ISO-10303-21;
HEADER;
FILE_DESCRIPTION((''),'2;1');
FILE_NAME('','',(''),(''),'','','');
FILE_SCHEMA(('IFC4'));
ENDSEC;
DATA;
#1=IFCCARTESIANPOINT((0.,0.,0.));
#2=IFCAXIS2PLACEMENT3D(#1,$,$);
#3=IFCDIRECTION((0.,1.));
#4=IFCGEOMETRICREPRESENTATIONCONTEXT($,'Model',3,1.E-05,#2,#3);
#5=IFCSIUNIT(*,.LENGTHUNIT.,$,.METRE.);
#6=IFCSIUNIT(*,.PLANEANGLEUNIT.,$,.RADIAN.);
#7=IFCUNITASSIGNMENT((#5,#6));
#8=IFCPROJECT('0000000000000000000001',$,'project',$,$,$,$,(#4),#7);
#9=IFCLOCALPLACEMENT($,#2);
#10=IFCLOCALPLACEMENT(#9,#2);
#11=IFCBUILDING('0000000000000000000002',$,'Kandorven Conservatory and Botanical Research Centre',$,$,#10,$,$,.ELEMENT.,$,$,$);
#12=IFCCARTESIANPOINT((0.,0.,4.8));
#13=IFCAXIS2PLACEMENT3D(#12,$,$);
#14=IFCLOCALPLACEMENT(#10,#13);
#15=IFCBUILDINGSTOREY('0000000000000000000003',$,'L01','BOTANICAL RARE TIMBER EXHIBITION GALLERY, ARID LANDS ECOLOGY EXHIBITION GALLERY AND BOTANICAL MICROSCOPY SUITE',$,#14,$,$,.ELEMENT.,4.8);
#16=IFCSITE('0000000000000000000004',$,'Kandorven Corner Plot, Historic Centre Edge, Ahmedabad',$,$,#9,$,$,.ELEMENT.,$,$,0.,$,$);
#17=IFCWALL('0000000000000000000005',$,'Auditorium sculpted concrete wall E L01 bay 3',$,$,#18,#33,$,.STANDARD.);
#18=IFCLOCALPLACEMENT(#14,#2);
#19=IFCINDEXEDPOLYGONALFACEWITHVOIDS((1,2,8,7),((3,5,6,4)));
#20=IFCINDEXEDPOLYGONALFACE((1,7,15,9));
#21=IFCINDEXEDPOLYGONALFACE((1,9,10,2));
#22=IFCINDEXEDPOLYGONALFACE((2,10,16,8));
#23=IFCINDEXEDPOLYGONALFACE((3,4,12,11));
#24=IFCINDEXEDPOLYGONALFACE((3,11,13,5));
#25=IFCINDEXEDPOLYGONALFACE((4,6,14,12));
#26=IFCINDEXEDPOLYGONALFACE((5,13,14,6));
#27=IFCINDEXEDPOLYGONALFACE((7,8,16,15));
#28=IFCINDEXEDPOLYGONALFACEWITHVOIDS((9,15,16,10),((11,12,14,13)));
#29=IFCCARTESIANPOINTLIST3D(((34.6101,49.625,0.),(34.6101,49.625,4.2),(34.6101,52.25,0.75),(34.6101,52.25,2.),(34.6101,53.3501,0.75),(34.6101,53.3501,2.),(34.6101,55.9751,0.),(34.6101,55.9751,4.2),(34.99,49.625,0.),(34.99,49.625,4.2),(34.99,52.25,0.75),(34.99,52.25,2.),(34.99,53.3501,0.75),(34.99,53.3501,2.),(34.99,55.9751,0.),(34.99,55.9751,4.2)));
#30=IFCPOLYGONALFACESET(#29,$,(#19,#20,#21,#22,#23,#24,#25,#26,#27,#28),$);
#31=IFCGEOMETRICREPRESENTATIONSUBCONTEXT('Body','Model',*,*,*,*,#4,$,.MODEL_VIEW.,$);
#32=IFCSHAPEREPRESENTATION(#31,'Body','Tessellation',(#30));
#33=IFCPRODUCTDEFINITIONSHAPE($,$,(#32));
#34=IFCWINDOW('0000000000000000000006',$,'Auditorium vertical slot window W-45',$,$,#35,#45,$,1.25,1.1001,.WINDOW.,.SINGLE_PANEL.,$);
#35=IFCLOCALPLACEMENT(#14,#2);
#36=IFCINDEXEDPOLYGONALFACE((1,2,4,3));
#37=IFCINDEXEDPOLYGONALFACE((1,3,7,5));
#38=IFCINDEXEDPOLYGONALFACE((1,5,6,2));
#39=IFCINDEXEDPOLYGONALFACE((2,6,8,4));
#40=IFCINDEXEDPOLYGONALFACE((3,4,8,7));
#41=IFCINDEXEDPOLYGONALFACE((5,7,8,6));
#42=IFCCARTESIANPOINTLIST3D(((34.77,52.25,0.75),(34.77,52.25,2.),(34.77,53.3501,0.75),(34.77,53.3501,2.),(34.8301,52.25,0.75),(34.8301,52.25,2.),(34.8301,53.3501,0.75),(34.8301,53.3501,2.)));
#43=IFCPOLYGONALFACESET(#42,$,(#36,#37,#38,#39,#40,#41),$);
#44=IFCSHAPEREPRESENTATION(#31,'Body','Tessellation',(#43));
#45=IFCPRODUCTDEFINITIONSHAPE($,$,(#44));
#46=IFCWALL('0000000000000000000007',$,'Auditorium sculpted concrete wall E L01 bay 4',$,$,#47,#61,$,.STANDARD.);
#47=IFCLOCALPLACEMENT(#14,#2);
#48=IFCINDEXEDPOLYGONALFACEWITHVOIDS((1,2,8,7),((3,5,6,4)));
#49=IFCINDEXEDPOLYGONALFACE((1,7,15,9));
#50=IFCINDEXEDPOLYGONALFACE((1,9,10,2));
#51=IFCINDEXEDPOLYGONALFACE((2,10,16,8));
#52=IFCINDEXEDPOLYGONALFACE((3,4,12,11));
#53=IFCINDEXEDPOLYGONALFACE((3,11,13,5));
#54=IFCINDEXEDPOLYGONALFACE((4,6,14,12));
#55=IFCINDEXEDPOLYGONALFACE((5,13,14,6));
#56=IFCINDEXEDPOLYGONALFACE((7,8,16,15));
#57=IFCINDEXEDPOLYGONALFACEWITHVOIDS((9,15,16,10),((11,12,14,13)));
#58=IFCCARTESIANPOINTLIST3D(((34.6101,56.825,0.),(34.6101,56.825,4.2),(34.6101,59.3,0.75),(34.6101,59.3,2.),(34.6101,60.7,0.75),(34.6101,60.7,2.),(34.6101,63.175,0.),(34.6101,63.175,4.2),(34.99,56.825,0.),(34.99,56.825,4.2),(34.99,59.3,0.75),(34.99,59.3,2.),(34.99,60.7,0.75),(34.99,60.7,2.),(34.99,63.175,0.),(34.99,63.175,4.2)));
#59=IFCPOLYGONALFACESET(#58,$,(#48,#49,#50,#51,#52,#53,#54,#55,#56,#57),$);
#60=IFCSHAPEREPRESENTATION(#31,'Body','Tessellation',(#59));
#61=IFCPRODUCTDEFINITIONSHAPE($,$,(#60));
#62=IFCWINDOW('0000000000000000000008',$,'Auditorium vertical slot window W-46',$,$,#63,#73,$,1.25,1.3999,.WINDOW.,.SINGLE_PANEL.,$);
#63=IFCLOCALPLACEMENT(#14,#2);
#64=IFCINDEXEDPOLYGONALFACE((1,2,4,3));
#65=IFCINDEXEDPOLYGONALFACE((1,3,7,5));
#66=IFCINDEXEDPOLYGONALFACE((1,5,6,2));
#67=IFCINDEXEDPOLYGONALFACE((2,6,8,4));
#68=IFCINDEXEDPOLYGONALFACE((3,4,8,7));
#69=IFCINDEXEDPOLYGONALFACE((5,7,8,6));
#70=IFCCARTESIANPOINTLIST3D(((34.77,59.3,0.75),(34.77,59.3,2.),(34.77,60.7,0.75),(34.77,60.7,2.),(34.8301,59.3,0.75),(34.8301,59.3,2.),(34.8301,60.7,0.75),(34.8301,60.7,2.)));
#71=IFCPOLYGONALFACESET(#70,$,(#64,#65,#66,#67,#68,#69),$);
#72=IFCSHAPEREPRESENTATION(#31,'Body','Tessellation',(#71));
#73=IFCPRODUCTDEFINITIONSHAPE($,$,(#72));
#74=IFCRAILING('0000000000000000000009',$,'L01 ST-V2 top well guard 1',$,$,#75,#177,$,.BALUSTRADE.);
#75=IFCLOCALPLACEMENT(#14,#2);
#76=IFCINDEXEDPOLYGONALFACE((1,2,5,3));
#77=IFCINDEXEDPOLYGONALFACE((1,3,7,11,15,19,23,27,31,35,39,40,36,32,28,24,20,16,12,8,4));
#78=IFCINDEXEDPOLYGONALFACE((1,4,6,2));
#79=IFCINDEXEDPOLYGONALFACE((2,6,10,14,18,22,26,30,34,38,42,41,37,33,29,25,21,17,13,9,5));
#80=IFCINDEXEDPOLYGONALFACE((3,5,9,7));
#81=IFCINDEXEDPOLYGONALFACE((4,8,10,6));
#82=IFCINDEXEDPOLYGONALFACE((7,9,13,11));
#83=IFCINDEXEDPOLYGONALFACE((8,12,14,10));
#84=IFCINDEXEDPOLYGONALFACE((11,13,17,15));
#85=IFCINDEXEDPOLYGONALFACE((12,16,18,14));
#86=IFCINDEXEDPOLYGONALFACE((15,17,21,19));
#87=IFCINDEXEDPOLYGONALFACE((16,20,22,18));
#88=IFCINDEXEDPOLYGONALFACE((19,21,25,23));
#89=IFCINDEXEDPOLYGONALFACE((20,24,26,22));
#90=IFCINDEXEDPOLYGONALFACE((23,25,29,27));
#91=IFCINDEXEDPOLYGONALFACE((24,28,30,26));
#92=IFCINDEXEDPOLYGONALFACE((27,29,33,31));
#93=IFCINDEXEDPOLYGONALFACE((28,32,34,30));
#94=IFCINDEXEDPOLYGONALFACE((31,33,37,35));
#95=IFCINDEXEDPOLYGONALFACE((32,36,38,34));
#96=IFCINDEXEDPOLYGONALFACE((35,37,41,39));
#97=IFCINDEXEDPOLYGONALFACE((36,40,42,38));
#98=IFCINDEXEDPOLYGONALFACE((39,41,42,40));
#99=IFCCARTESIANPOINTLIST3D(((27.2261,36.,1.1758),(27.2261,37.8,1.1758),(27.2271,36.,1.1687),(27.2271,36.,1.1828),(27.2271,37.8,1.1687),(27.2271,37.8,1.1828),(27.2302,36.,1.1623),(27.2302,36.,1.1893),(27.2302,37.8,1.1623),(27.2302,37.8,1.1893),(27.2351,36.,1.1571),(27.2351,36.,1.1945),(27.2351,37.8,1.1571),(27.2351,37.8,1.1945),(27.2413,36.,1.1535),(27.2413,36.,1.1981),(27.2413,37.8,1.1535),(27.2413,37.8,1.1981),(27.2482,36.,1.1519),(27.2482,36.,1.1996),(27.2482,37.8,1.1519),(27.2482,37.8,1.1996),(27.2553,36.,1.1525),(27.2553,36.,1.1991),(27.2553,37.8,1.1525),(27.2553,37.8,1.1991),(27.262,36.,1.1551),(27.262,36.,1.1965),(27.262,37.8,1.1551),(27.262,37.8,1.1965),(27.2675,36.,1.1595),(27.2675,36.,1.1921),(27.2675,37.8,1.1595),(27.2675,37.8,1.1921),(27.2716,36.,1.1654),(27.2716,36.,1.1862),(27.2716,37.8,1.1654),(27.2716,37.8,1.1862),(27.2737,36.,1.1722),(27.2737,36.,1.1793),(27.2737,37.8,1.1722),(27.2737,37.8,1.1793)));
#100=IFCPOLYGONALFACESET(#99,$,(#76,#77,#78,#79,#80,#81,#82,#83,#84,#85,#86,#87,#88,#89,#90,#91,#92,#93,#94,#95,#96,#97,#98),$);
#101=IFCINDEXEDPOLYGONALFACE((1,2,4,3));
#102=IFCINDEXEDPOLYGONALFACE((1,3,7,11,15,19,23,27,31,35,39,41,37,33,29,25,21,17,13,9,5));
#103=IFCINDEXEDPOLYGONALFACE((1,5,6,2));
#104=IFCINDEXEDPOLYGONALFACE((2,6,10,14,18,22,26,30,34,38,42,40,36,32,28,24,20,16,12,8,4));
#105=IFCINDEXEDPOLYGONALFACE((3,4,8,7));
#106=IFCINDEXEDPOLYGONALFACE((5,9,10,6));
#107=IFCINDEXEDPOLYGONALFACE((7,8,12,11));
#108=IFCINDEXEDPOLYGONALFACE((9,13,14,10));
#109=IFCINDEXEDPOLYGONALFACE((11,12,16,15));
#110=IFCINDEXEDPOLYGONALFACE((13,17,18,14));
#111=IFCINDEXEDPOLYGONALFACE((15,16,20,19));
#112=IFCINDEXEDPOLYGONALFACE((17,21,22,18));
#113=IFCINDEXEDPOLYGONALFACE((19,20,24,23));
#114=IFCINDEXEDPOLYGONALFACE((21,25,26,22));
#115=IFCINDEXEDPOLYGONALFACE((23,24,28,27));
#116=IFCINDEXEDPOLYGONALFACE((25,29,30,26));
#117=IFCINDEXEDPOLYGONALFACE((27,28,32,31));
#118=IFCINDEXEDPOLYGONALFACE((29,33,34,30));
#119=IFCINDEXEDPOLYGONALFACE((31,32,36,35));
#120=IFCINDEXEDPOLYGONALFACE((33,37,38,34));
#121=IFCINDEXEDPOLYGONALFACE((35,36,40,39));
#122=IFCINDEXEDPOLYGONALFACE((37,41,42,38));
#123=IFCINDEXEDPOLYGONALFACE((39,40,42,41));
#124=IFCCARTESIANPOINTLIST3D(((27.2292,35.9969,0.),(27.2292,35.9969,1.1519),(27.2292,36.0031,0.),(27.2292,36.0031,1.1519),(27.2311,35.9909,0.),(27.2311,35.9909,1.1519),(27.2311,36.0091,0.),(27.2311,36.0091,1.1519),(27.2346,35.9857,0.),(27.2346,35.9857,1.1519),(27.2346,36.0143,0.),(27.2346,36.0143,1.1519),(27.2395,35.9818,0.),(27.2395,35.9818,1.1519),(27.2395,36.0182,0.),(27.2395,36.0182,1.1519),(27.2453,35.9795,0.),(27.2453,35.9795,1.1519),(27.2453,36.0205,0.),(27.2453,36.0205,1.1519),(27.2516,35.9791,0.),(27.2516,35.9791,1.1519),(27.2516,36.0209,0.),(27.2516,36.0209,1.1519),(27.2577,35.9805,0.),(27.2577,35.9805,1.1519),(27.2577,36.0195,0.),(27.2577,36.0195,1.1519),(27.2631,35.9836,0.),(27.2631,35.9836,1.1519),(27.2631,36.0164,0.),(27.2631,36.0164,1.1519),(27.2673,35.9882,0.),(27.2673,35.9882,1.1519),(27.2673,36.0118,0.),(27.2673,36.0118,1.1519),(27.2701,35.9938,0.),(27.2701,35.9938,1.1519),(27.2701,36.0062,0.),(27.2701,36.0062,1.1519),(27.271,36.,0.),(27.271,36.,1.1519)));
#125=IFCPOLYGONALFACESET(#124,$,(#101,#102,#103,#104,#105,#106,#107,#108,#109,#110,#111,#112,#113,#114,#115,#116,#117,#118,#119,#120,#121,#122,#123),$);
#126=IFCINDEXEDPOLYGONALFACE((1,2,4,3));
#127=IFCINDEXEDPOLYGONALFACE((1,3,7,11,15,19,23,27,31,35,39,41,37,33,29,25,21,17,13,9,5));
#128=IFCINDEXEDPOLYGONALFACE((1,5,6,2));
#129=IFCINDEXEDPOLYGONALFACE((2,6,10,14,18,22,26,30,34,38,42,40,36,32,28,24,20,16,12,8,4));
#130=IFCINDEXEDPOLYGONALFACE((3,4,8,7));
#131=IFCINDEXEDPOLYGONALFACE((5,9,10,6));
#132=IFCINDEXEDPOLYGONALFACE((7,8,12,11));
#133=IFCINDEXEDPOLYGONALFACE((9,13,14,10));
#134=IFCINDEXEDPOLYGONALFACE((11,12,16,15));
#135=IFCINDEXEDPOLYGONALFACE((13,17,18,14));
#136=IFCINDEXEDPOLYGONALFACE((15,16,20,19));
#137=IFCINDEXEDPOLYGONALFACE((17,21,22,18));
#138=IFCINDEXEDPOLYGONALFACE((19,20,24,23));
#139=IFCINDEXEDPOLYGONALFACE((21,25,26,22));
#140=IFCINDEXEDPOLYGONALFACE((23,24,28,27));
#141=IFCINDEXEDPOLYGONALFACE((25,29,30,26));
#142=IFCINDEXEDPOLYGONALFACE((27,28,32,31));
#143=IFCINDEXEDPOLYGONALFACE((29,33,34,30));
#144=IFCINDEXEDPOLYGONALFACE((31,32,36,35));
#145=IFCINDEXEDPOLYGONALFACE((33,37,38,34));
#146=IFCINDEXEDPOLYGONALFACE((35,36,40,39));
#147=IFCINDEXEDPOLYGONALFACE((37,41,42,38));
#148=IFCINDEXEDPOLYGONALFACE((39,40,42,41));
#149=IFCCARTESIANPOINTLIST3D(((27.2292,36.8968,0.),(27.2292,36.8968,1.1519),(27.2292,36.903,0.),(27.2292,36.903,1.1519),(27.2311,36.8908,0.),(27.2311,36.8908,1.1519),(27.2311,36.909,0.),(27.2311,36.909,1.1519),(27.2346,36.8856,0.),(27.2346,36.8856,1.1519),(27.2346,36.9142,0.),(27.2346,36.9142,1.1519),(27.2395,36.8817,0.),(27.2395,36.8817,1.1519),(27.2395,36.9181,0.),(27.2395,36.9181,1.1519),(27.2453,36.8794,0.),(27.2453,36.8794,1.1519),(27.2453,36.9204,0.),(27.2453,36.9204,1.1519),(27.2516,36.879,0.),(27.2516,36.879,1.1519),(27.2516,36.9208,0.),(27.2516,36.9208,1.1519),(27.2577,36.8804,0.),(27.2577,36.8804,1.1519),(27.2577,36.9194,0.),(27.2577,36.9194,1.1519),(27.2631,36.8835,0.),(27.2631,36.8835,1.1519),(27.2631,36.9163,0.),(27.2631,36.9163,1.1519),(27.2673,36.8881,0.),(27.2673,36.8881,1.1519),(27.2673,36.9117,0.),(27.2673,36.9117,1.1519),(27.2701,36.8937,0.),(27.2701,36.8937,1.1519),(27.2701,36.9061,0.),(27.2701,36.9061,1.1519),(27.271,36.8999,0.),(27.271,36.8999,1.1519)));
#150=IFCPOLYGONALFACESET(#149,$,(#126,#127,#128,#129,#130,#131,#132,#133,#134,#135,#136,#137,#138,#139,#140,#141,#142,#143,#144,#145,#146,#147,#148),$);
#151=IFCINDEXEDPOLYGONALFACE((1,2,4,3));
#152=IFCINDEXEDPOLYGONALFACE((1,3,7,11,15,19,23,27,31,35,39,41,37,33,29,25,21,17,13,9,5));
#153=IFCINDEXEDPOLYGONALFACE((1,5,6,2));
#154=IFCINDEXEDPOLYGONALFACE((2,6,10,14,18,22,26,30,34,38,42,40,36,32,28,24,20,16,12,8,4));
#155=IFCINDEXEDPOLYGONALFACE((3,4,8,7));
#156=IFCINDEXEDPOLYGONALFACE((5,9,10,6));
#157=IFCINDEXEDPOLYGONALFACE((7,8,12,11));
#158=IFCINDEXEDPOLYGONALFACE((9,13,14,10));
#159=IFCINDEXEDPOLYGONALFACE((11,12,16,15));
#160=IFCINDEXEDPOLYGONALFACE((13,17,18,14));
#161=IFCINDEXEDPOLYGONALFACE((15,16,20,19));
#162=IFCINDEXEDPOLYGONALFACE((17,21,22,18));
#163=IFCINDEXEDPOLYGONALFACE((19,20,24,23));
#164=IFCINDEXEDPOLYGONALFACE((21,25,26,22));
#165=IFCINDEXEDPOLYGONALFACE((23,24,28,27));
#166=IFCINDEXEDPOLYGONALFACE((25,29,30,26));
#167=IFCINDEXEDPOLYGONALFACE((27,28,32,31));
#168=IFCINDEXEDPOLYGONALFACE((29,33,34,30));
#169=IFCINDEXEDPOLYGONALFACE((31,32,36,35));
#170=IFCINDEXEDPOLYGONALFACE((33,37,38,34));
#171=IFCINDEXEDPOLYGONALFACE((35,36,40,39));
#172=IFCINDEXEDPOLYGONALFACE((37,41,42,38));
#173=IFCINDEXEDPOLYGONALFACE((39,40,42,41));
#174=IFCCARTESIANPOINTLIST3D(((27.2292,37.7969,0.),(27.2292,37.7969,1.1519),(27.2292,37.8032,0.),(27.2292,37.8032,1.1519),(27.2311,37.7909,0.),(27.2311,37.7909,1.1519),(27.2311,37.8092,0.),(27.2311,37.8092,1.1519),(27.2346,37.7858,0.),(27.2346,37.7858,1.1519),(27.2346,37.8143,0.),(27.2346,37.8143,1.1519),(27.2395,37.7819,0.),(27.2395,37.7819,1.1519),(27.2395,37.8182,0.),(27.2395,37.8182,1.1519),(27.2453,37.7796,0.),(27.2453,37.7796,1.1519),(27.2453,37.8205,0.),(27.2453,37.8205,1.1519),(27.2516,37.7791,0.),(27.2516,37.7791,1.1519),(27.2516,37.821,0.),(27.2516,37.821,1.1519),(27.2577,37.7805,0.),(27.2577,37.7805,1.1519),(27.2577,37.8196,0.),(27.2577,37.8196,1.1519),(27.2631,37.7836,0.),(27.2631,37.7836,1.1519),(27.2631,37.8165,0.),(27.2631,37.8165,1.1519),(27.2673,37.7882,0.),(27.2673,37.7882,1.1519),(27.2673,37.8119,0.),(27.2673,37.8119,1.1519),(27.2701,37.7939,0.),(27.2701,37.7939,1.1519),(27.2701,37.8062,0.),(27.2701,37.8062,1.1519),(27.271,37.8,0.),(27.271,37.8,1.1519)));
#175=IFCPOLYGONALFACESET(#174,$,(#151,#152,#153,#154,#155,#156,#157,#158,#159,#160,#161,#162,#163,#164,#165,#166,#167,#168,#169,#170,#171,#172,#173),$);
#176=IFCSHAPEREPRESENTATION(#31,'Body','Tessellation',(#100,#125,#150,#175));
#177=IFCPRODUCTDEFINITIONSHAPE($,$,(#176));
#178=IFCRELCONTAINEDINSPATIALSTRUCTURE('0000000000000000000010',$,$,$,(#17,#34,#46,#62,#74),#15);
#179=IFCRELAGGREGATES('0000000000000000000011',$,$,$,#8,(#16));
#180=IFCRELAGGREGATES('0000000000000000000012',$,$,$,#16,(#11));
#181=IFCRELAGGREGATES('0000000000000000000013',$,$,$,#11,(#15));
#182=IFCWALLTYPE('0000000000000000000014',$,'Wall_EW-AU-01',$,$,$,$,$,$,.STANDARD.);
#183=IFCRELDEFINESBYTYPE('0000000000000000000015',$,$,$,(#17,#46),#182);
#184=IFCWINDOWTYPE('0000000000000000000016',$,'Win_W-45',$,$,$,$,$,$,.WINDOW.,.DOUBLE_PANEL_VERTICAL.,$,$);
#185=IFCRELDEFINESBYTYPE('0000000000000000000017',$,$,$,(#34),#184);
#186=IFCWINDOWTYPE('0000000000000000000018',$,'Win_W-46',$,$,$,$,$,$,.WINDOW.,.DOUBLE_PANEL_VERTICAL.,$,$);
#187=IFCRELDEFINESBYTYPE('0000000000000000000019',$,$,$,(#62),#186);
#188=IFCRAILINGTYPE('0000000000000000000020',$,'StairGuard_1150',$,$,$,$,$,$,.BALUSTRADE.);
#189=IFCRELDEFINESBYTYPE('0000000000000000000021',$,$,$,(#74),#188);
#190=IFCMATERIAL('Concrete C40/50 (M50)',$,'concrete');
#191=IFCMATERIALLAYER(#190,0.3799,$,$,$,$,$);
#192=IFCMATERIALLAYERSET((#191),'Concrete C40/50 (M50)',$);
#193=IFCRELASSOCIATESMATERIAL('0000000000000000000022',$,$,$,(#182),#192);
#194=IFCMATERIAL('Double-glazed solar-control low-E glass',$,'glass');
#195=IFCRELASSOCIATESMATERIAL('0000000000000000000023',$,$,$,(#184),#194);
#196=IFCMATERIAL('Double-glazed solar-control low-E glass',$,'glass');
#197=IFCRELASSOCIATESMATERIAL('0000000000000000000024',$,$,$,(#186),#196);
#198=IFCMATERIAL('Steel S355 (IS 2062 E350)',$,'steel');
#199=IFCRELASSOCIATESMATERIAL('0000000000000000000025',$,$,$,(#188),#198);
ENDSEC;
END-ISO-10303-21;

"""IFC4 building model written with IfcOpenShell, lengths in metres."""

from ifc_helpers import new_model, si_unit, direction, frame, frame_2d, origin, origin_2d, place, context, subcontext, project, spatial, rectangle, circle, extrude, material, layer, layer_set, type_object, element, fill, save


model = new_model("IFC4")

# Units and contexts
model_context = context("Model", 3, precision=1e-05, world=origin(), true_north=direction((0.0, 1.0)))
body_context = subcontext(model_context, "Body", "Model", "MODEL_VIEW")
ifc_project = project(units=[si_unit("LENGTHUNIT", "METRE"), si_unit("PLANEANGLEUNIT", "RADIAN")], contexts=[model_context])

# Site, building, storey
site_placement = place(None, origin())
site = spatial("IfcSite", under=ifc_project, at=site_placement, Name="Kandorven Corner Plot, Historic Centre Edge, Ahmedabad", CompositionType="ELEMENT", RefElevation=0.0)
building_placement = place(site_placement, origin())
building = spatial("IfcBuilding", under=site, at=building_placement, Name="Kandorven Conservatory and Botanical Research Centre", CompositionType="ELEMENT")
storey_placement = place(building_placement, frame((0.0, 0.0, 4.8)))
storey = spatial("IfcBuildingStorey", under=building, at=storey_placement, Name="L01", Description="BOTANICAL RARE TIMBER EXHIBITION GALLERY, ARID LANDS ECOLOGY EXHIBITION GALLERY AND BOTANICAL MICROSCOPY SUITE", CompositionType="ELEMENT", Elevation=4.8)

# Walls, openings, windows
ifc_material_1 = material(Name="Concrete C40/50 (M50)", Category="concrete")
ifc_layer_1 = layer(ifc_material_1, 0.3799)
ifc_layer_set_1 = layer_set([ifc_layer_1], Name="Concrete C40/50 (M50)")
wall_type_1 = type_object("IfcWallType", Name="Wall_EW-AU-01", PredefinedType="STANDARD", material=ifc_layer_set_1)
ifc_material_2 = material(Name="Double-glazed solar-control low-E glass", Category="glass")
window_type_1 = type_object("IfcWindowType", Name="Win_W-45", PartitioningType="DOUBLE_PANEL_VERTICAL", PredefinedType="WINDOW", material=ifc_material_2)
ifc_material_3 = material(Name="Double-glazed solar-control low-E glass", Category="glass")
window_type_2 = type_object("IfcWindowType", Name="Win_W-46", PartitioningType="DOUBLE_PANEL_VERTICAL", PredefinedType="WINDOW", material=ifc_material_3)
wall_1_placement = place(storey_placement, frame((34.8, 49.625, 0.0), z_axis=(0.0, 0.0, 1.0), x_axis=(0.0, 1.0, 0.0)))
wall_1 = element("IfcWall", 1, at=wall_1_placement, inside=storey, type_object=wall_type_1, Name="Auditorium sculpted concrete wall E L01 bay 3", PredefinedType="STANDARD", context=body_context, shape_type="SweptSolid", body=[
    extrude(rectangle(XDim=6.3501, YDim=0.3799, at=frame_2d((3.175, 0.0))), origin(), (0.0, 0.0, 1.0), 4.2),
])
opening_1_placement = place(wall_1_placement, frame((2.625, 0.0, 0.75)))
opening_1 = element("IfcOpeningElement", 2, at=opening_1_placement, cuts=wall_1, PredefinedType="OPENING", context=body_context, shape_type="SweptSolid", body=[
    extrude(rectangle(XDim=1.1001, YDim=1.25, at=frame_2d((0.55, 0.625))), frame((0.0, 0.2, 0.0), z_axis=(0.0, -1.0, 0.0), x_axis=(1.0, 0.0, 0.0)), (0.0, 0.0, 1.0), 0.3999),
])
window_1_placement = place(opening_1_placement, origin())
window_1 = element("IfcWindow", 3, at=window_1_placement, inside=storey, type_object=window_type_1, Name="Auditorium vertical slot window W-45", OverallHeight=1.25, OverallWidth=1.1001, PartitioningType="SINGLE_PANEL", PredefinedType="WINDOW", context=body_context, shape_type="SweptSolid", body=[
    extrude(rectangle(XDim=1.1001, YDim=1.25, at=frame_2d((0.55, 0.625))), frame((0.0, 0.03, 0.0), z_axis=(0.0, -1.0, 0.0), x_axis=(1.0, 0.0, 0.0)), (0.0, 0.0, 1.0), 0.0601),
])
fill(opening_1, window_1)
wall_2_placement = place(storey_placement, frame((34.8, 56.825, 0.0), z_axis=(0.0, 0.0, 1.0), x_axis=(0.0, 1.0, 0.0)))
wall_2 = element("IfcWall", 4, at=wall_2_placement, inside=storey, type_object=wall_type_1, Name="Auditorium sculpted concrete wall E L01 bay 4", PredefinedType="STANDARD", context=body_context, shape_type="SweptSolid", body=[
    extrude(rectangle(XDim=6.3501, YDim=0.3799, at=frame_2d((3.175, 0.0))), origin(), (0.0, 0.0, 1.0), 4.2),
])
opening_2_placement = place(wall_2_placement, frame((2.4751, 0.0, 0.75)))
opening_2 = element("IfcOpeningElement", 5, at=opening_2_placement, cuts=wall_2, PredefinedType="OPENING", context=body_context, shape_type="SweptSolid", body=[
    extrude(rectangle(XDim=1.3999, YDim=1.25, at=frame_2d((0.7, 0.625))), frame((0.0, 0.2, 0.0), z_axis=(0.0, -1.0, 0.0), x_axis=(1.0, 0.0, 0.0)), (0.0, 0.0, 1.0), 0.3999),
])
window_2_placement = place(opening_2_placement, origin())
window_2 = element("IfcWindow", 6, at=window_2_placement, inside=storey, type_object=window_type_2, Name="Auditorium vertical slot window W-46", OverallHeight=1.25, OverallWidth=1.3999, PartitioningType="SINGLE_PANEL", PredefinedType="WINDOW", context=body_context, shape_type="SweptSolid", body=[
    extrude(rectangle(XDim=1.3999, YDim=1.25, at=frame_2d((0.7, 0.625))), frame((0.0, 0.03, 0.0), z_axis=(0.0, -1.0, 0.0), x_axis=(1.0, 0.0, 0.0)), (0.0, 0.0, 1.0), 0.0601),
])
fill(opening_2, window_2)

# Railing
ifc_material_4 = material(Name="Steel S355 (IS 2062 E350)", Category="steel")
railing_type = type_object("IfcRailingType", Name="StairGuard_1150", PredefinedType="BALUSTRADE", material=ifc_material_4)
railing_placement = place(storey_placement, frame((27.25, 36.0, 0.0)))
element("IfcRailing", 7, at=railing_placement, inside=storey, type_object=railing_type, Name="L01 ST-V2 top well guard 1", PredefinedType="BALUSTRADE", context=body_context, shape_type="SweptSolid", body=[
    extrude(circle(Radius=0.0239, at=origin_2d()), frame((0.0, 0.0, 1.1758), z_axis=(0.0, 1.0, 0.0), x_axis=(-1.0, 0.0, 0.0)), (0.0, 0.0, 1.0), 1.8),
    extrude(circle(Radius=0.021, at=origin_2d()), origin(), (0.0, 0.0, 1.0), 1.1519),
    extrude(circle(Radius=0.021, at=origin_2d()), frame((0.0, 0.8999, 0.0)), (0.0, 0.0, 1.0), 1.1519),
    extrude(circle(Radius=0.021, at=origin_2d()), frame((0.0, 1.8, 0.0)), (0.0, 0.0, 1.0), 1.1519),
])

save(model, "model.ifc")
